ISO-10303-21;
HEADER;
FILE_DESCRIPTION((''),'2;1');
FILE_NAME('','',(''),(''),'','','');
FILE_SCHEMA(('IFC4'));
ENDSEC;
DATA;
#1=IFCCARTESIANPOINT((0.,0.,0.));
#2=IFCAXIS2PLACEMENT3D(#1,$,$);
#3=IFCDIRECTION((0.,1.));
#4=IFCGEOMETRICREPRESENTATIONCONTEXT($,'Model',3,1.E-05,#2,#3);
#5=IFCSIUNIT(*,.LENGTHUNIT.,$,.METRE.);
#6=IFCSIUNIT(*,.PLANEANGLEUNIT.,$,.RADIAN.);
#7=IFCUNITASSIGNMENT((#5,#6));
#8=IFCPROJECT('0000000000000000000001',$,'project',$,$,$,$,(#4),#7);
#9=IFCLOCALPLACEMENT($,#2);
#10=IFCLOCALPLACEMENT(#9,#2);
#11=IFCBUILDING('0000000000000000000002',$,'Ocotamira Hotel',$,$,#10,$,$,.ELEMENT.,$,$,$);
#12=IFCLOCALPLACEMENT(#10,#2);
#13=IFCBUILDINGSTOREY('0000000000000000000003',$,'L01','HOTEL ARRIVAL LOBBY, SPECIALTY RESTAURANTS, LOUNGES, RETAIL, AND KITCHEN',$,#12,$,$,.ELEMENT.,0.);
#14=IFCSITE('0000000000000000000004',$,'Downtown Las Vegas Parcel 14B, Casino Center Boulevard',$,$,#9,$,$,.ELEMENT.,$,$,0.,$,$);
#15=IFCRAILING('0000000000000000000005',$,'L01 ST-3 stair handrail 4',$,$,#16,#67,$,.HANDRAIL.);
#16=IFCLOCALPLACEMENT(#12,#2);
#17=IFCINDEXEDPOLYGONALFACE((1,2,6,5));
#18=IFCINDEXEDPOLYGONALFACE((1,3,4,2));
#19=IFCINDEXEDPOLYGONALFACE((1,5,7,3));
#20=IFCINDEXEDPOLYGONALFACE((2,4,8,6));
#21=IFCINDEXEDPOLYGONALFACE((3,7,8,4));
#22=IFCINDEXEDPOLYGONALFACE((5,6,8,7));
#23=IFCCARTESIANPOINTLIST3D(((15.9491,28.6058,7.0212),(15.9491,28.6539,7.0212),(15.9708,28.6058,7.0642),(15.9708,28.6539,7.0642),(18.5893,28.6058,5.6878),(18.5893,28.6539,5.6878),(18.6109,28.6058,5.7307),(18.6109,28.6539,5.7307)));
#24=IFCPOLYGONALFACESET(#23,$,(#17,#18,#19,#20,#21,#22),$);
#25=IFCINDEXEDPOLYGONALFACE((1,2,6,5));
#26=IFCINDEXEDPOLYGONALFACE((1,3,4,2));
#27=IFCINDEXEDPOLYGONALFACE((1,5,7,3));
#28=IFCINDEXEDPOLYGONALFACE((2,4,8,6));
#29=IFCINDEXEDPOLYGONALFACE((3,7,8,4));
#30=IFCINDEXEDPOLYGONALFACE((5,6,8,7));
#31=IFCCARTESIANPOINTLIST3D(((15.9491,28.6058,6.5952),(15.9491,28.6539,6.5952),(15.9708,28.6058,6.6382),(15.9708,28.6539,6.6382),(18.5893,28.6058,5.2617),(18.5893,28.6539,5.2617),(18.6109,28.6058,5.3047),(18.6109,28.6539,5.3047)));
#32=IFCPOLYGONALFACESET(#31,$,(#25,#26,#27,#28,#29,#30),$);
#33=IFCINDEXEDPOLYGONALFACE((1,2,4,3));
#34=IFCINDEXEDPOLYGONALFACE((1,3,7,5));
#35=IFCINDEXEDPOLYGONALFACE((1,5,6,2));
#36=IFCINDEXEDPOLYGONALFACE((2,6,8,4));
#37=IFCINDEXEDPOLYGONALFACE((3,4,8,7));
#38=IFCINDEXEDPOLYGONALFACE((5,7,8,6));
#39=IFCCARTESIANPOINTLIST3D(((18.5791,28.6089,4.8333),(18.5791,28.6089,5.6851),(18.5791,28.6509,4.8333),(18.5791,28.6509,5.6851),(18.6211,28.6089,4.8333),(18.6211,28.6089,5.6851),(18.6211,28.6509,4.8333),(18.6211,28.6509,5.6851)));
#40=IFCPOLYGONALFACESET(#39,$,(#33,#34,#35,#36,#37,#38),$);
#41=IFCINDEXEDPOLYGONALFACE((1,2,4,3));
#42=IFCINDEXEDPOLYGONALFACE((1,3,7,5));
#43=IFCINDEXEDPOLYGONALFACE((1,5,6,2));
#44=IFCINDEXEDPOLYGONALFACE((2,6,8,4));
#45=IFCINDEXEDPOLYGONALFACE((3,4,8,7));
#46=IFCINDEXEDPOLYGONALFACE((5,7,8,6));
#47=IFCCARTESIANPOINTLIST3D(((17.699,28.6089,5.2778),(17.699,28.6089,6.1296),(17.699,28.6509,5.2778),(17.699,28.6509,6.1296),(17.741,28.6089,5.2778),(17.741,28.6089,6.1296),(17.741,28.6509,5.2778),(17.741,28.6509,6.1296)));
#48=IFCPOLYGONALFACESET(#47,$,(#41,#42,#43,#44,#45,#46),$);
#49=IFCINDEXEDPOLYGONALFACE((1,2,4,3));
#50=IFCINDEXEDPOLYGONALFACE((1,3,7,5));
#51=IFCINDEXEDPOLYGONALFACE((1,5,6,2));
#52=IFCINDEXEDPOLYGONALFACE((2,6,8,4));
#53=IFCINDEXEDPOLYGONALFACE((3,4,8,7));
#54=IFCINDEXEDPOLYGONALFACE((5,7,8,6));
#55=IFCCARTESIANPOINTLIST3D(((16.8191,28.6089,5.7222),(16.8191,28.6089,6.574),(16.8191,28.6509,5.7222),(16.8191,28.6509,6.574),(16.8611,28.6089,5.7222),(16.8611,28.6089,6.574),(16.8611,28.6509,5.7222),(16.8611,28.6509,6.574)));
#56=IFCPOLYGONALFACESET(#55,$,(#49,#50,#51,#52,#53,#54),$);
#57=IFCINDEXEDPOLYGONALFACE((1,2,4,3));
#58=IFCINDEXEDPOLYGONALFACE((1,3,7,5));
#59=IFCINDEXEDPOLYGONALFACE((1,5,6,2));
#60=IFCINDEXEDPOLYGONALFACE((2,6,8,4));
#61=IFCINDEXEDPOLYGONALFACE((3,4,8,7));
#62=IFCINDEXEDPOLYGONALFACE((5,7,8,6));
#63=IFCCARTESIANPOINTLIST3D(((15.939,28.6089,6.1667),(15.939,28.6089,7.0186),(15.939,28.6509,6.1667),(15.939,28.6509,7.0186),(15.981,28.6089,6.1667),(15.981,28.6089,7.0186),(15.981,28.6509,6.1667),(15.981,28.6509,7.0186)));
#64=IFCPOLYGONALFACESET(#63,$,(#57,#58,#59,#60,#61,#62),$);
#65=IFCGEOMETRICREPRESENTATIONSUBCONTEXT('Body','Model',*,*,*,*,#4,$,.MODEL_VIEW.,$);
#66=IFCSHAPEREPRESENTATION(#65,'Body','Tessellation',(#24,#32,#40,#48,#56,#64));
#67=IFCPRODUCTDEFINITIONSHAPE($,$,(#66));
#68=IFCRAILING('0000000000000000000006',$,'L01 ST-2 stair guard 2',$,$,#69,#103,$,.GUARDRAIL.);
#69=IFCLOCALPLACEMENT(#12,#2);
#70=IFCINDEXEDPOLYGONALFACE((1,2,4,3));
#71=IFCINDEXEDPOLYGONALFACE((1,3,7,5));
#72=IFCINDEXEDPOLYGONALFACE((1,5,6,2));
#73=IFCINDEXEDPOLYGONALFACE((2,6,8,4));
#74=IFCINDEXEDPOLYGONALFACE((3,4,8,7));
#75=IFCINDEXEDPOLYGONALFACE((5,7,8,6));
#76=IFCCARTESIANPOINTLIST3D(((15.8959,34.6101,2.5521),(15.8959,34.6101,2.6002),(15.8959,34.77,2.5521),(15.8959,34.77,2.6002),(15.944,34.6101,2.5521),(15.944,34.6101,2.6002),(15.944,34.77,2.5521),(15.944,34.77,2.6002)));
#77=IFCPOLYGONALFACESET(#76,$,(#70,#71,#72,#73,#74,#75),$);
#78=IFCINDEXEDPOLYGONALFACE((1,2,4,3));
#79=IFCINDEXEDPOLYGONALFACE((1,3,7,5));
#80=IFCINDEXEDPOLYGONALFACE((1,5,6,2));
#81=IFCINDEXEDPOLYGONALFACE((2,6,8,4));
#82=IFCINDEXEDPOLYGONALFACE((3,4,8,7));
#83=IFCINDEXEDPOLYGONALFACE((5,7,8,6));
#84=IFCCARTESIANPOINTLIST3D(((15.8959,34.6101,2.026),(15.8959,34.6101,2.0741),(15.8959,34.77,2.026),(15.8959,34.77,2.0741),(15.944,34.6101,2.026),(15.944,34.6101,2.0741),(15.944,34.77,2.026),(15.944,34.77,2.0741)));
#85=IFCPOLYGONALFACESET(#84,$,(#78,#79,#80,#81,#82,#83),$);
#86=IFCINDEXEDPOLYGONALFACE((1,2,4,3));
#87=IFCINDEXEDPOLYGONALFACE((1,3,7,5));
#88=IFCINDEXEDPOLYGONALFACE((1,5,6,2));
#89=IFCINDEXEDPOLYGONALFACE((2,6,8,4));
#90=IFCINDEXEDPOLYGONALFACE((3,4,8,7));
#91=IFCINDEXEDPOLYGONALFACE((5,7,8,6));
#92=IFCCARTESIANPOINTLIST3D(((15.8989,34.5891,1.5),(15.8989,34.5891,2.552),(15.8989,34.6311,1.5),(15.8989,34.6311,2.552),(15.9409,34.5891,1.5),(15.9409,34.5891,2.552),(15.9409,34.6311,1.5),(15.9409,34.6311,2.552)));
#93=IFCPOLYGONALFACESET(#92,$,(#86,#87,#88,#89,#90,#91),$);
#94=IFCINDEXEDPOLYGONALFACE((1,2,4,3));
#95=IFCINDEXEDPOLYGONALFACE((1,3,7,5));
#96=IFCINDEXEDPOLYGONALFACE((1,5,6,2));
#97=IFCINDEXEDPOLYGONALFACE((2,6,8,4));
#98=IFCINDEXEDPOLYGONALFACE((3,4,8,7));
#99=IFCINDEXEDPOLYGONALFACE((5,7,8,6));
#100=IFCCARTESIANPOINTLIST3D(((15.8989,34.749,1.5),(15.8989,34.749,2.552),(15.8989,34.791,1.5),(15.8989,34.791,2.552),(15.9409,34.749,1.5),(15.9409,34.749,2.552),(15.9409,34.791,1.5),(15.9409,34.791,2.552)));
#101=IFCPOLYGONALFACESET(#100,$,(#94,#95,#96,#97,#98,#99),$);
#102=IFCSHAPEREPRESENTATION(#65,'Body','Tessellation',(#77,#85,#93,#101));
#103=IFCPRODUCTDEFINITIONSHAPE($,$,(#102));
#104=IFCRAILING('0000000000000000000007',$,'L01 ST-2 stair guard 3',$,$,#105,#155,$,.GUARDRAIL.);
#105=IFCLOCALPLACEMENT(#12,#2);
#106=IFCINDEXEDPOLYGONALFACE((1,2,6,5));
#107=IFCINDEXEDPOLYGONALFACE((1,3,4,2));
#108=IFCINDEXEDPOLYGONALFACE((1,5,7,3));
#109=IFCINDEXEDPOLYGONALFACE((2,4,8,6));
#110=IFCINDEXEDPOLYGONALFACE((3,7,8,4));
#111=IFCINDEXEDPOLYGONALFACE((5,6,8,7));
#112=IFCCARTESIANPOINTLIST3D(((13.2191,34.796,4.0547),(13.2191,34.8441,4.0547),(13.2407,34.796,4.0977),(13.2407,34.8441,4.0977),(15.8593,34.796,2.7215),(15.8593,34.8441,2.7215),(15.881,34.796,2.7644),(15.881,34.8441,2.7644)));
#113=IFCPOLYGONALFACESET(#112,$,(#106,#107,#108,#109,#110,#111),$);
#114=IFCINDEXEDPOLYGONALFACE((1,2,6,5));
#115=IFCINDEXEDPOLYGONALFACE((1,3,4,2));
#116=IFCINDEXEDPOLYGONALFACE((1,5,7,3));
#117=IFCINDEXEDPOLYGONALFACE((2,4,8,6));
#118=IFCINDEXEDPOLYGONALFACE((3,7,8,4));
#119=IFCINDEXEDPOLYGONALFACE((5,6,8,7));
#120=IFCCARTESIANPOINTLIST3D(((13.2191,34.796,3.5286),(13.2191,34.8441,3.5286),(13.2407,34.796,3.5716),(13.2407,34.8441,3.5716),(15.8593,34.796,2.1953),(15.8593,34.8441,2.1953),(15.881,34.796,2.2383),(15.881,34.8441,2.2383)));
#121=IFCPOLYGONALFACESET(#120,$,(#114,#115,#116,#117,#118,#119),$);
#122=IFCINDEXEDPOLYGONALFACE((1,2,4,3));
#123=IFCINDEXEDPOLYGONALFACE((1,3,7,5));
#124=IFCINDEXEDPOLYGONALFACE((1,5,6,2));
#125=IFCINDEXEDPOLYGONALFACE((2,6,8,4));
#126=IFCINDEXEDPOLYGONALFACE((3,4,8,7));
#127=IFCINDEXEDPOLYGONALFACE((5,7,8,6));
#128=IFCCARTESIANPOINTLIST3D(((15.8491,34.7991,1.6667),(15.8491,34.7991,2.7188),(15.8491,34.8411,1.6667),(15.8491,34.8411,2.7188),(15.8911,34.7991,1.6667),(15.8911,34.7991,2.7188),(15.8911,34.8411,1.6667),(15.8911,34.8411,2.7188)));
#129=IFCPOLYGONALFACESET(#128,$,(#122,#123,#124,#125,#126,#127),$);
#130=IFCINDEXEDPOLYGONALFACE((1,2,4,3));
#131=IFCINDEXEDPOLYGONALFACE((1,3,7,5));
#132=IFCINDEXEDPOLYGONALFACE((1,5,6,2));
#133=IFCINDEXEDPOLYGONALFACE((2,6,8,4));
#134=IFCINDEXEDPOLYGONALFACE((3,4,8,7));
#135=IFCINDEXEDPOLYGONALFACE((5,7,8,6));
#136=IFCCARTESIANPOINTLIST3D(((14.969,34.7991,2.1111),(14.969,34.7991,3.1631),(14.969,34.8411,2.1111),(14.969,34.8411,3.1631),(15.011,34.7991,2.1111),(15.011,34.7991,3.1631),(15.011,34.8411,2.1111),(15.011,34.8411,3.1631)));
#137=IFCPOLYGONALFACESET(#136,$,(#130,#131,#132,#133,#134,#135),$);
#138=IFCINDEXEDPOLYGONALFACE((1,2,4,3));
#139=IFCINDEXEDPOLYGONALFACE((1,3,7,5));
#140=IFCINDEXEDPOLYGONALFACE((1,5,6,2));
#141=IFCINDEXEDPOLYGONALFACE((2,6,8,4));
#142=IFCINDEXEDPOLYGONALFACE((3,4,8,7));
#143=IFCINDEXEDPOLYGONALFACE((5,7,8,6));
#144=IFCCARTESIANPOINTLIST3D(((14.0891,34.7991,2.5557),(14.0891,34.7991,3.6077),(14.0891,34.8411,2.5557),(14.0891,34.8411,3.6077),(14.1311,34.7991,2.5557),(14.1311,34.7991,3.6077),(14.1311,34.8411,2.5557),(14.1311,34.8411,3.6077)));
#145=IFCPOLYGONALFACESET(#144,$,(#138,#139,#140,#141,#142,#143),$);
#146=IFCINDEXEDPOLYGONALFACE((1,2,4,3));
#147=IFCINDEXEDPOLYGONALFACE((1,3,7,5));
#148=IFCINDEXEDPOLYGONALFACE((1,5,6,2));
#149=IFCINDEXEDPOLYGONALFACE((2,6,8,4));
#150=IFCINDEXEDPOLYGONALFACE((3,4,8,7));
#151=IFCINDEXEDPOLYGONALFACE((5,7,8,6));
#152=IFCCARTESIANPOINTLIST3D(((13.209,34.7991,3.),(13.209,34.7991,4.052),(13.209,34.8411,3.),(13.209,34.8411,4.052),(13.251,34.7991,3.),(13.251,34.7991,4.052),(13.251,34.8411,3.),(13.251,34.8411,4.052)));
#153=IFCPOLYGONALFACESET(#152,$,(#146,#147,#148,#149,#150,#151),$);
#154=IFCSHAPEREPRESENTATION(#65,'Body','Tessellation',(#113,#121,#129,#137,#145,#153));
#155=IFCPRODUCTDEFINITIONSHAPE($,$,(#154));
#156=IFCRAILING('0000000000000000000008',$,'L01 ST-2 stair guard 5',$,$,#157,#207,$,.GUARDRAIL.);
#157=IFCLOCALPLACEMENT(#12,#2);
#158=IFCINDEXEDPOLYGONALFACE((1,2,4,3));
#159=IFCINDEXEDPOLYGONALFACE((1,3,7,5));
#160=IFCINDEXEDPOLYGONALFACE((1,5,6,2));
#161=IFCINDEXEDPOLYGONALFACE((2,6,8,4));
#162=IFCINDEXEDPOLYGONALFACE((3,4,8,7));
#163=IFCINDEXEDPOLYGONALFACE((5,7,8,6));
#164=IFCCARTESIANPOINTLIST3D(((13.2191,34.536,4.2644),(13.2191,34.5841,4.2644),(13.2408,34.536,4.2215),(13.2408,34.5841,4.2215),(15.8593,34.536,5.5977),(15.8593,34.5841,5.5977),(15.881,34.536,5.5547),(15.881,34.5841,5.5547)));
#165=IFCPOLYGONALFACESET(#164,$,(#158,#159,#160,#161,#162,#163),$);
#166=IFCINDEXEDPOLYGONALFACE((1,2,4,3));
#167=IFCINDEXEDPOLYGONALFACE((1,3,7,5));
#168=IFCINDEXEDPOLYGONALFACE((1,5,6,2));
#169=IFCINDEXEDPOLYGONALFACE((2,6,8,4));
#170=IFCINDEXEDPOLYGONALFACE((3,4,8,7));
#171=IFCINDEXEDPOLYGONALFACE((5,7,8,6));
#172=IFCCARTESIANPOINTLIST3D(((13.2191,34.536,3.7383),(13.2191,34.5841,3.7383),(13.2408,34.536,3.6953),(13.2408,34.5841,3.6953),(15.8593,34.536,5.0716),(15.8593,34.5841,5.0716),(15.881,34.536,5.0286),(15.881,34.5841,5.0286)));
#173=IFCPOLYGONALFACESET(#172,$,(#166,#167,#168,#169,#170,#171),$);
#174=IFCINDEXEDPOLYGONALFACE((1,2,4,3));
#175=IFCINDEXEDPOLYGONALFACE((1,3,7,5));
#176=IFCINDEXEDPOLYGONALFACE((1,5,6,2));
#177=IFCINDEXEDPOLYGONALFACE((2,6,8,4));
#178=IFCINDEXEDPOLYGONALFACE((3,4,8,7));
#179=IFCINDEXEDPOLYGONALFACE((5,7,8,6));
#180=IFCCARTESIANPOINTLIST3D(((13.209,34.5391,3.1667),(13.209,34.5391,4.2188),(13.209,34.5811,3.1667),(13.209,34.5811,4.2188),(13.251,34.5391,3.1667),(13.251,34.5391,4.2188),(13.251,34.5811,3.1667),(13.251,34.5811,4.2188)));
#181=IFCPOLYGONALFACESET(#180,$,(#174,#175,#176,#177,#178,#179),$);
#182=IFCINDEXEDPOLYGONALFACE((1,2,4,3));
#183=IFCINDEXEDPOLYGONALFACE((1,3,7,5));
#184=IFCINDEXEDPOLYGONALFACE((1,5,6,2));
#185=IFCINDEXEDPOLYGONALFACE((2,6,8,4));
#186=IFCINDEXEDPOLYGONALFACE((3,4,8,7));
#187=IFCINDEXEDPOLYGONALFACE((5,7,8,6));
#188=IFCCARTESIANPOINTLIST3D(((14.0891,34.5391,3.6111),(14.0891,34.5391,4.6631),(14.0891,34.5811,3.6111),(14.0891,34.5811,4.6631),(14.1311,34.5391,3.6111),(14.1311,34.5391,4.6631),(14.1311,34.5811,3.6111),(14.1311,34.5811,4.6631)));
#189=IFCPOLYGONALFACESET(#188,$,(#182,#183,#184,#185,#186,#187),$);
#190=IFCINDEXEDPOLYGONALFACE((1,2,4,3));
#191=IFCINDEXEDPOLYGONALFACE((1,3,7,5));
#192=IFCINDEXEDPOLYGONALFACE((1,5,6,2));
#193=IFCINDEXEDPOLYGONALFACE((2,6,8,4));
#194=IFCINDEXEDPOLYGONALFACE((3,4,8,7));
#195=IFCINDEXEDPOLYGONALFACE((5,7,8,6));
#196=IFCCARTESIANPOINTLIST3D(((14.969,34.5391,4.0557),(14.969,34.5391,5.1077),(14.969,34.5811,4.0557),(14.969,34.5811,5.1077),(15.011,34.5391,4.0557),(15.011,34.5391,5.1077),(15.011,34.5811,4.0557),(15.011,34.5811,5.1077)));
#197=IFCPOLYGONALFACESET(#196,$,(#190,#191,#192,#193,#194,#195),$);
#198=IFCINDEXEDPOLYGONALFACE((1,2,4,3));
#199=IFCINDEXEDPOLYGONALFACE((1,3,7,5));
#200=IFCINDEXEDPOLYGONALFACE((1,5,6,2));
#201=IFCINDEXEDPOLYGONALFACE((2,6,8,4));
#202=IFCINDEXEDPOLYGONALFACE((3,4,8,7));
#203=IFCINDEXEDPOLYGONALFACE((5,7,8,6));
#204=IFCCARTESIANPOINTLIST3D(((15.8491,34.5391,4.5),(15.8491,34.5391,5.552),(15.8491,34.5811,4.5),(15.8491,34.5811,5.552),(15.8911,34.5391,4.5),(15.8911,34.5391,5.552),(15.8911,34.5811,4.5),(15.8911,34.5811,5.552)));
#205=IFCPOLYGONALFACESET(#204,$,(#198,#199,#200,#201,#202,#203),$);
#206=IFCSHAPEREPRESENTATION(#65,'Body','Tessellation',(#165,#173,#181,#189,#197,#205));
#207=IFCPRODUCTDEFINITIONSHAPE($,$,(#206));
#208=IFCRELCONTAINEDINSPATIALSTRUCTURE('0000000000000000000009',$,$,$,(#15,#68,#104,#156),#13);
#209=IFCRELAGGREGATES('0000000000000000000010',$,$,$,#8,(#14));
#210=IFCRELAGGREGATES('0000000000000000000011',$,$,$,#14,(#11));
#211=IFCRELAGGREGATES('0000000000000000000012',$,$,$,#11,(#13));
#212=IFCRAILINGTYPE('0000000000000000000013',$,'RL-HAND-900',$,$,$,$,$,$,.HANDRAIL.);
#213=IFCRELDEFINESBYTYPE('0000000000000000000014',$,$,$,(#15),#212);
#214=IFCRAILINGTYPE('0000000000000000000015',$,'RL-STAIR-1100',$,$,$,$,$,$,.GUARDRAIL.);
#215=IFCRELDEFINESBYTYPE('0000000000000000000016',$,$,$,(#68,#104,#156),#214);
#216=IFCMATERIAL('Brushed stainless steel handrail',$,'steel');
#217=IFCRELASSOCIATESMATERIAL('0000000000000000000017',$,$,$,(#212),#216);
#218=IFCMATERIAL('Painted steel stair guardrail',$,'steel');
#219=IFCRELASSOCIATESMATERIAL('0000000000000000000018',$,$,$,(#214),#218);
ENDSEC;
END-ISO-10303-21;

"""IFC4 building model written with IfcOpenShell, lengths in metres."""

from ifc_helpers import new_model, si_unit, direction, frame, origin, origin_2d, place, context, subcontext, project, spatial, rectangle, extrude, material, type_object, element, save


model = new_model("IFC4")

# Units and contexts
model_context = context("Model", 3, precision=1e-05, world=origin(), true_north=direction((0.0, 1.0)))
body_context = subcontext(model_context, "Body", "Model", "MODEL_VIEW")
ifc_project = project(units=[si_unit("LENGTHUNIT", "METRE"), si_unit("PLANEANGLEUNIT", "RADIAN")], contexts=[model_context])

# Site, building, storey
site_placement = place(None, origin())
site = spatial("IfcSite", under=ifc_project, at=site_placement, Name="Downtown Las Vegas Parcel 14B, Casino Center Boulevard", CompositionType="ELEMENT", RefElevation=0.0)
building_placement = place(site_placement, origin())
building = spatial("IfcBuilding", under=site, at=building_placement, Name="Ocotamira Hotel", CompositionType="ELEMENT")
storey_placement = place(building_placement, origin())
storey = spatial("IfcBuildingStorey", under=building, at=storey_placement, Name="L01", Description="HOTEL ARRIVAL LOBBY, SPECIALTY RESTAURANTS, LOUNGES, RETAIL, AND KITCHEN", CompositionType="ELEMENT", Elevation=0.0)

# Railings
ifc_material_1 = material(Name="Brushed stainless steel handrail", Category="steel")
railing_type_1 = type_object("IfcRailingType", Name="RL-HAND-900", PredefinedType="HANDRAIL", material=ifc_material_1)
for number, where, name in (
    (1, (18.6001, 28.6299, 4.8333), "L01 ST-3 stair handrail 4"),
):
    element("IfcRailing", number, at=place(storey_placement, frame(where)), inside=storey, type_object=railing_type_1, Name=name, PredefinedType="HANDRAIL", context=body_context, shape_type="SweptSolid", body=[
        extrude(rectangle(XDim=0.0481, YDim=0.0481, at=origin_2d()), frame((0.0, 0.0, 0.876), z_axis=(-0.892604, 0.0, 0.450842), x_axis=(0.0, -1.0, 0.0)), (0.0, 0.0, 1.0), 2.9578),
        extrude(rectangle(XDim=0.0481, YDim=0.0481, at=origin_2d()), frame((0.0, 0.0, 0.45), z_axis=(-0.892604, 0.0, 0.450842), x_axis=(0.0, -1.0, 0.0)), (0.0, 0.0, 1.0), 2.9578),
        extrude(rectangle(XDim=0.042, YDim=0.042, at=origin_2d()), origin(), (0.0, 0.0, 1.0), 0.8518),
        extrude(rectangle(XDim=0.042, YDim=0.042, at=origin_2d()), frame((-0.8801, 0.0, 0.4446)), (0.0, 0.0, 1.0), 0.8518),
        extrude(rectangle(XDim=0.042, YDim=0.042, at=origin_2d()), frame((-1.76, 0.0, 0.8889)), (0.0, 0.0, 1.0), 0.8518),
        extrude(rectangle(XDim=0.042, YDim=0.042, at=origin_2d()), frame((-2.6401, 0.0, 1.3335)), (0.0, 0.0, 1.0), 0.8518),
    ])
ifc_material_2 = material(Name="Painted steel stair guardrail", Category="steel")
railing_type_2 = type_object("IfcRailingType", Name="RL-STAIR-1100", PredefinedType="GUARDRAIL", material=ifc_material_2)
railing_1_placement = place(storey_placement, frame((15.9199, 34.6101, 1.5)))
element("IfcRailing", 2, at=railing_1_placement, inside=storey, type_object=railing_type_2, Name="L01 ST-2 stair guard 2", PredefinedType="GUARDRAIL", context=body_context, shape_type="SweptSolid", body=[
    extrude(rectangle(XDim=0.0481, YDim=0.0481, at=origin_2d()), frame((0.0, 0.0, 1.0762), z_axis=(0.0, 1.0, 0.0), x_axis=(-1.0, 0.0, 0.0)), (0.0, 0.0, 1.0), 0.1599),
    extrude(rectangle(XDim=0.0481, YDim=0.0481, at=origin_2d()), frame((0.0, 0.0, 0.55), z_axis=(0.0, 1.0, 0.0), x_axis=(-1.0, 0.0, 0.0)), (0.0, 0.0, 1.0), 0.1599),
    extrude(rectangle(XDim=0.042, YDim=0.042, at=origin_2d()), origin(), (0.0, 0.0, 1.0), 1.052),
    extrude(rectangle(XDim=0.042, YDim=0.042, at=origin_2d()), frame((0.0, 0.1599, 0.0)), (0.0, 0.0, 1.0), 1.052),
])
railing_2_placement = place(storey_placement, frame((15.8701, 34.8201, 1.6667)))
element("IfcRailing", 3, at=railing_2_placement, inside=storey, type_object=railing_type_2, Name="L01 ST-2 stair guard 3", PredefinedType="GUARDRAIL", context=body_context, shape_type="SweptSolid", body=[
    extrude(rectangle(XDim=0.0481, YDim=0.0481, at=origin_2d()), frame((0.0, 0.0, 1.0762), z_axis=(-0.892637, 0.0, 0.450776), x_axis=(0.0, -1.0, 0.0)), (0.0, 0.0, 1.0), 2.9578),
    extrude(rectangle(XDim=0.0481, YDim=0.0481, at=origin_2d()), frame((0.0, 0.0, 0.55), z_axis=(-0.892637, 0.0, 0.450776), x_axis=(0.0, -1.0, 0.0)), (0.0, 0.0, 1.0), 2.9578),
    extrude(rectangle(XDim=0.042, YDim=0.042, at=origin_2d()), origin(), (0.0, 0.0, 1.0), 1.052),
    extrude(rectangle(XDim=0.042, YDim=0.042, at=origin_2d()), frame((-0.8801, 0.0, 0.4443)), (0.0, 0.0, 1.0), 1.052),
    extrude(rectangle(XDim=0.042, YDim=0.042, at=origin_2d()), frame((-1.76, 0.0, 0.8889)), (0.0, 0.0, 1.0), 1.052),
    extrude(rectangle(XDim=0.042, YDim=0.042, at=origin_2d()), frame((-2.6401, 0.0, 1.3333)), (0.0, 0.0, 1.0), 1.052),
])
railing_3_placement = place(storey_placement, frame((13.23, 34.5601, 3.1667)))
element("IfcRailing", 4, at=railing_3_placement, inside=storey, type_object=railing_type_2, Name="L01 ST-2 stair guard 5", PredefinedType="GUARDRAIL", context=body_context, shape_type="SweptSolid", body=[
    extrude(rectangle(XDim=0.0481, YDim=0.0481, at=origin_2d()), frame((0.0, 0.0, 1.0762), z_axis=(0.892637, 0.0, 0.450776), x_axis=(0.0, 1.0, 0.0)), (0.0, 0.0, 1.0), 2.9578),
    extrude(rectangle(XDim=0.0481, YDim=0.0481, at=origin_2d()), frame((0.0, 0.0, 0.55), z_axis=(0.892637, 0.0, 0.450776), x_axis=(0.0, 1.0, 0.0)), (0.0, 0.0, 1.0), 2.9578),
    extrude(rectangle(XDim=0.042, YDim=0.042, at=origin_2d()), origin(), (0.0, 0.0, 1.0), 1.052),
    extrude(rectangle(XDim=0.042, YDim=0.042, at=origin_2d()), frame((0.8801, 0.0, 0.4443)), (0.0, 0.0, 1.0), 1.052),
    extrude(rectangle(XDim=0.042, YDim=0.042, at=origin_2d()), frame((1.76, 0.0, 0.8889)), (0.0, 0.0, 1.0), 1.052),
    extrude(rectangle(XDim=0.042, YDim=0.042, at=origin_2d()), frame((2.6401, 0.0, 1.3333)), (0.0, 0.0, 1.0), 1.052),
])

save(model, "model.ifc")
